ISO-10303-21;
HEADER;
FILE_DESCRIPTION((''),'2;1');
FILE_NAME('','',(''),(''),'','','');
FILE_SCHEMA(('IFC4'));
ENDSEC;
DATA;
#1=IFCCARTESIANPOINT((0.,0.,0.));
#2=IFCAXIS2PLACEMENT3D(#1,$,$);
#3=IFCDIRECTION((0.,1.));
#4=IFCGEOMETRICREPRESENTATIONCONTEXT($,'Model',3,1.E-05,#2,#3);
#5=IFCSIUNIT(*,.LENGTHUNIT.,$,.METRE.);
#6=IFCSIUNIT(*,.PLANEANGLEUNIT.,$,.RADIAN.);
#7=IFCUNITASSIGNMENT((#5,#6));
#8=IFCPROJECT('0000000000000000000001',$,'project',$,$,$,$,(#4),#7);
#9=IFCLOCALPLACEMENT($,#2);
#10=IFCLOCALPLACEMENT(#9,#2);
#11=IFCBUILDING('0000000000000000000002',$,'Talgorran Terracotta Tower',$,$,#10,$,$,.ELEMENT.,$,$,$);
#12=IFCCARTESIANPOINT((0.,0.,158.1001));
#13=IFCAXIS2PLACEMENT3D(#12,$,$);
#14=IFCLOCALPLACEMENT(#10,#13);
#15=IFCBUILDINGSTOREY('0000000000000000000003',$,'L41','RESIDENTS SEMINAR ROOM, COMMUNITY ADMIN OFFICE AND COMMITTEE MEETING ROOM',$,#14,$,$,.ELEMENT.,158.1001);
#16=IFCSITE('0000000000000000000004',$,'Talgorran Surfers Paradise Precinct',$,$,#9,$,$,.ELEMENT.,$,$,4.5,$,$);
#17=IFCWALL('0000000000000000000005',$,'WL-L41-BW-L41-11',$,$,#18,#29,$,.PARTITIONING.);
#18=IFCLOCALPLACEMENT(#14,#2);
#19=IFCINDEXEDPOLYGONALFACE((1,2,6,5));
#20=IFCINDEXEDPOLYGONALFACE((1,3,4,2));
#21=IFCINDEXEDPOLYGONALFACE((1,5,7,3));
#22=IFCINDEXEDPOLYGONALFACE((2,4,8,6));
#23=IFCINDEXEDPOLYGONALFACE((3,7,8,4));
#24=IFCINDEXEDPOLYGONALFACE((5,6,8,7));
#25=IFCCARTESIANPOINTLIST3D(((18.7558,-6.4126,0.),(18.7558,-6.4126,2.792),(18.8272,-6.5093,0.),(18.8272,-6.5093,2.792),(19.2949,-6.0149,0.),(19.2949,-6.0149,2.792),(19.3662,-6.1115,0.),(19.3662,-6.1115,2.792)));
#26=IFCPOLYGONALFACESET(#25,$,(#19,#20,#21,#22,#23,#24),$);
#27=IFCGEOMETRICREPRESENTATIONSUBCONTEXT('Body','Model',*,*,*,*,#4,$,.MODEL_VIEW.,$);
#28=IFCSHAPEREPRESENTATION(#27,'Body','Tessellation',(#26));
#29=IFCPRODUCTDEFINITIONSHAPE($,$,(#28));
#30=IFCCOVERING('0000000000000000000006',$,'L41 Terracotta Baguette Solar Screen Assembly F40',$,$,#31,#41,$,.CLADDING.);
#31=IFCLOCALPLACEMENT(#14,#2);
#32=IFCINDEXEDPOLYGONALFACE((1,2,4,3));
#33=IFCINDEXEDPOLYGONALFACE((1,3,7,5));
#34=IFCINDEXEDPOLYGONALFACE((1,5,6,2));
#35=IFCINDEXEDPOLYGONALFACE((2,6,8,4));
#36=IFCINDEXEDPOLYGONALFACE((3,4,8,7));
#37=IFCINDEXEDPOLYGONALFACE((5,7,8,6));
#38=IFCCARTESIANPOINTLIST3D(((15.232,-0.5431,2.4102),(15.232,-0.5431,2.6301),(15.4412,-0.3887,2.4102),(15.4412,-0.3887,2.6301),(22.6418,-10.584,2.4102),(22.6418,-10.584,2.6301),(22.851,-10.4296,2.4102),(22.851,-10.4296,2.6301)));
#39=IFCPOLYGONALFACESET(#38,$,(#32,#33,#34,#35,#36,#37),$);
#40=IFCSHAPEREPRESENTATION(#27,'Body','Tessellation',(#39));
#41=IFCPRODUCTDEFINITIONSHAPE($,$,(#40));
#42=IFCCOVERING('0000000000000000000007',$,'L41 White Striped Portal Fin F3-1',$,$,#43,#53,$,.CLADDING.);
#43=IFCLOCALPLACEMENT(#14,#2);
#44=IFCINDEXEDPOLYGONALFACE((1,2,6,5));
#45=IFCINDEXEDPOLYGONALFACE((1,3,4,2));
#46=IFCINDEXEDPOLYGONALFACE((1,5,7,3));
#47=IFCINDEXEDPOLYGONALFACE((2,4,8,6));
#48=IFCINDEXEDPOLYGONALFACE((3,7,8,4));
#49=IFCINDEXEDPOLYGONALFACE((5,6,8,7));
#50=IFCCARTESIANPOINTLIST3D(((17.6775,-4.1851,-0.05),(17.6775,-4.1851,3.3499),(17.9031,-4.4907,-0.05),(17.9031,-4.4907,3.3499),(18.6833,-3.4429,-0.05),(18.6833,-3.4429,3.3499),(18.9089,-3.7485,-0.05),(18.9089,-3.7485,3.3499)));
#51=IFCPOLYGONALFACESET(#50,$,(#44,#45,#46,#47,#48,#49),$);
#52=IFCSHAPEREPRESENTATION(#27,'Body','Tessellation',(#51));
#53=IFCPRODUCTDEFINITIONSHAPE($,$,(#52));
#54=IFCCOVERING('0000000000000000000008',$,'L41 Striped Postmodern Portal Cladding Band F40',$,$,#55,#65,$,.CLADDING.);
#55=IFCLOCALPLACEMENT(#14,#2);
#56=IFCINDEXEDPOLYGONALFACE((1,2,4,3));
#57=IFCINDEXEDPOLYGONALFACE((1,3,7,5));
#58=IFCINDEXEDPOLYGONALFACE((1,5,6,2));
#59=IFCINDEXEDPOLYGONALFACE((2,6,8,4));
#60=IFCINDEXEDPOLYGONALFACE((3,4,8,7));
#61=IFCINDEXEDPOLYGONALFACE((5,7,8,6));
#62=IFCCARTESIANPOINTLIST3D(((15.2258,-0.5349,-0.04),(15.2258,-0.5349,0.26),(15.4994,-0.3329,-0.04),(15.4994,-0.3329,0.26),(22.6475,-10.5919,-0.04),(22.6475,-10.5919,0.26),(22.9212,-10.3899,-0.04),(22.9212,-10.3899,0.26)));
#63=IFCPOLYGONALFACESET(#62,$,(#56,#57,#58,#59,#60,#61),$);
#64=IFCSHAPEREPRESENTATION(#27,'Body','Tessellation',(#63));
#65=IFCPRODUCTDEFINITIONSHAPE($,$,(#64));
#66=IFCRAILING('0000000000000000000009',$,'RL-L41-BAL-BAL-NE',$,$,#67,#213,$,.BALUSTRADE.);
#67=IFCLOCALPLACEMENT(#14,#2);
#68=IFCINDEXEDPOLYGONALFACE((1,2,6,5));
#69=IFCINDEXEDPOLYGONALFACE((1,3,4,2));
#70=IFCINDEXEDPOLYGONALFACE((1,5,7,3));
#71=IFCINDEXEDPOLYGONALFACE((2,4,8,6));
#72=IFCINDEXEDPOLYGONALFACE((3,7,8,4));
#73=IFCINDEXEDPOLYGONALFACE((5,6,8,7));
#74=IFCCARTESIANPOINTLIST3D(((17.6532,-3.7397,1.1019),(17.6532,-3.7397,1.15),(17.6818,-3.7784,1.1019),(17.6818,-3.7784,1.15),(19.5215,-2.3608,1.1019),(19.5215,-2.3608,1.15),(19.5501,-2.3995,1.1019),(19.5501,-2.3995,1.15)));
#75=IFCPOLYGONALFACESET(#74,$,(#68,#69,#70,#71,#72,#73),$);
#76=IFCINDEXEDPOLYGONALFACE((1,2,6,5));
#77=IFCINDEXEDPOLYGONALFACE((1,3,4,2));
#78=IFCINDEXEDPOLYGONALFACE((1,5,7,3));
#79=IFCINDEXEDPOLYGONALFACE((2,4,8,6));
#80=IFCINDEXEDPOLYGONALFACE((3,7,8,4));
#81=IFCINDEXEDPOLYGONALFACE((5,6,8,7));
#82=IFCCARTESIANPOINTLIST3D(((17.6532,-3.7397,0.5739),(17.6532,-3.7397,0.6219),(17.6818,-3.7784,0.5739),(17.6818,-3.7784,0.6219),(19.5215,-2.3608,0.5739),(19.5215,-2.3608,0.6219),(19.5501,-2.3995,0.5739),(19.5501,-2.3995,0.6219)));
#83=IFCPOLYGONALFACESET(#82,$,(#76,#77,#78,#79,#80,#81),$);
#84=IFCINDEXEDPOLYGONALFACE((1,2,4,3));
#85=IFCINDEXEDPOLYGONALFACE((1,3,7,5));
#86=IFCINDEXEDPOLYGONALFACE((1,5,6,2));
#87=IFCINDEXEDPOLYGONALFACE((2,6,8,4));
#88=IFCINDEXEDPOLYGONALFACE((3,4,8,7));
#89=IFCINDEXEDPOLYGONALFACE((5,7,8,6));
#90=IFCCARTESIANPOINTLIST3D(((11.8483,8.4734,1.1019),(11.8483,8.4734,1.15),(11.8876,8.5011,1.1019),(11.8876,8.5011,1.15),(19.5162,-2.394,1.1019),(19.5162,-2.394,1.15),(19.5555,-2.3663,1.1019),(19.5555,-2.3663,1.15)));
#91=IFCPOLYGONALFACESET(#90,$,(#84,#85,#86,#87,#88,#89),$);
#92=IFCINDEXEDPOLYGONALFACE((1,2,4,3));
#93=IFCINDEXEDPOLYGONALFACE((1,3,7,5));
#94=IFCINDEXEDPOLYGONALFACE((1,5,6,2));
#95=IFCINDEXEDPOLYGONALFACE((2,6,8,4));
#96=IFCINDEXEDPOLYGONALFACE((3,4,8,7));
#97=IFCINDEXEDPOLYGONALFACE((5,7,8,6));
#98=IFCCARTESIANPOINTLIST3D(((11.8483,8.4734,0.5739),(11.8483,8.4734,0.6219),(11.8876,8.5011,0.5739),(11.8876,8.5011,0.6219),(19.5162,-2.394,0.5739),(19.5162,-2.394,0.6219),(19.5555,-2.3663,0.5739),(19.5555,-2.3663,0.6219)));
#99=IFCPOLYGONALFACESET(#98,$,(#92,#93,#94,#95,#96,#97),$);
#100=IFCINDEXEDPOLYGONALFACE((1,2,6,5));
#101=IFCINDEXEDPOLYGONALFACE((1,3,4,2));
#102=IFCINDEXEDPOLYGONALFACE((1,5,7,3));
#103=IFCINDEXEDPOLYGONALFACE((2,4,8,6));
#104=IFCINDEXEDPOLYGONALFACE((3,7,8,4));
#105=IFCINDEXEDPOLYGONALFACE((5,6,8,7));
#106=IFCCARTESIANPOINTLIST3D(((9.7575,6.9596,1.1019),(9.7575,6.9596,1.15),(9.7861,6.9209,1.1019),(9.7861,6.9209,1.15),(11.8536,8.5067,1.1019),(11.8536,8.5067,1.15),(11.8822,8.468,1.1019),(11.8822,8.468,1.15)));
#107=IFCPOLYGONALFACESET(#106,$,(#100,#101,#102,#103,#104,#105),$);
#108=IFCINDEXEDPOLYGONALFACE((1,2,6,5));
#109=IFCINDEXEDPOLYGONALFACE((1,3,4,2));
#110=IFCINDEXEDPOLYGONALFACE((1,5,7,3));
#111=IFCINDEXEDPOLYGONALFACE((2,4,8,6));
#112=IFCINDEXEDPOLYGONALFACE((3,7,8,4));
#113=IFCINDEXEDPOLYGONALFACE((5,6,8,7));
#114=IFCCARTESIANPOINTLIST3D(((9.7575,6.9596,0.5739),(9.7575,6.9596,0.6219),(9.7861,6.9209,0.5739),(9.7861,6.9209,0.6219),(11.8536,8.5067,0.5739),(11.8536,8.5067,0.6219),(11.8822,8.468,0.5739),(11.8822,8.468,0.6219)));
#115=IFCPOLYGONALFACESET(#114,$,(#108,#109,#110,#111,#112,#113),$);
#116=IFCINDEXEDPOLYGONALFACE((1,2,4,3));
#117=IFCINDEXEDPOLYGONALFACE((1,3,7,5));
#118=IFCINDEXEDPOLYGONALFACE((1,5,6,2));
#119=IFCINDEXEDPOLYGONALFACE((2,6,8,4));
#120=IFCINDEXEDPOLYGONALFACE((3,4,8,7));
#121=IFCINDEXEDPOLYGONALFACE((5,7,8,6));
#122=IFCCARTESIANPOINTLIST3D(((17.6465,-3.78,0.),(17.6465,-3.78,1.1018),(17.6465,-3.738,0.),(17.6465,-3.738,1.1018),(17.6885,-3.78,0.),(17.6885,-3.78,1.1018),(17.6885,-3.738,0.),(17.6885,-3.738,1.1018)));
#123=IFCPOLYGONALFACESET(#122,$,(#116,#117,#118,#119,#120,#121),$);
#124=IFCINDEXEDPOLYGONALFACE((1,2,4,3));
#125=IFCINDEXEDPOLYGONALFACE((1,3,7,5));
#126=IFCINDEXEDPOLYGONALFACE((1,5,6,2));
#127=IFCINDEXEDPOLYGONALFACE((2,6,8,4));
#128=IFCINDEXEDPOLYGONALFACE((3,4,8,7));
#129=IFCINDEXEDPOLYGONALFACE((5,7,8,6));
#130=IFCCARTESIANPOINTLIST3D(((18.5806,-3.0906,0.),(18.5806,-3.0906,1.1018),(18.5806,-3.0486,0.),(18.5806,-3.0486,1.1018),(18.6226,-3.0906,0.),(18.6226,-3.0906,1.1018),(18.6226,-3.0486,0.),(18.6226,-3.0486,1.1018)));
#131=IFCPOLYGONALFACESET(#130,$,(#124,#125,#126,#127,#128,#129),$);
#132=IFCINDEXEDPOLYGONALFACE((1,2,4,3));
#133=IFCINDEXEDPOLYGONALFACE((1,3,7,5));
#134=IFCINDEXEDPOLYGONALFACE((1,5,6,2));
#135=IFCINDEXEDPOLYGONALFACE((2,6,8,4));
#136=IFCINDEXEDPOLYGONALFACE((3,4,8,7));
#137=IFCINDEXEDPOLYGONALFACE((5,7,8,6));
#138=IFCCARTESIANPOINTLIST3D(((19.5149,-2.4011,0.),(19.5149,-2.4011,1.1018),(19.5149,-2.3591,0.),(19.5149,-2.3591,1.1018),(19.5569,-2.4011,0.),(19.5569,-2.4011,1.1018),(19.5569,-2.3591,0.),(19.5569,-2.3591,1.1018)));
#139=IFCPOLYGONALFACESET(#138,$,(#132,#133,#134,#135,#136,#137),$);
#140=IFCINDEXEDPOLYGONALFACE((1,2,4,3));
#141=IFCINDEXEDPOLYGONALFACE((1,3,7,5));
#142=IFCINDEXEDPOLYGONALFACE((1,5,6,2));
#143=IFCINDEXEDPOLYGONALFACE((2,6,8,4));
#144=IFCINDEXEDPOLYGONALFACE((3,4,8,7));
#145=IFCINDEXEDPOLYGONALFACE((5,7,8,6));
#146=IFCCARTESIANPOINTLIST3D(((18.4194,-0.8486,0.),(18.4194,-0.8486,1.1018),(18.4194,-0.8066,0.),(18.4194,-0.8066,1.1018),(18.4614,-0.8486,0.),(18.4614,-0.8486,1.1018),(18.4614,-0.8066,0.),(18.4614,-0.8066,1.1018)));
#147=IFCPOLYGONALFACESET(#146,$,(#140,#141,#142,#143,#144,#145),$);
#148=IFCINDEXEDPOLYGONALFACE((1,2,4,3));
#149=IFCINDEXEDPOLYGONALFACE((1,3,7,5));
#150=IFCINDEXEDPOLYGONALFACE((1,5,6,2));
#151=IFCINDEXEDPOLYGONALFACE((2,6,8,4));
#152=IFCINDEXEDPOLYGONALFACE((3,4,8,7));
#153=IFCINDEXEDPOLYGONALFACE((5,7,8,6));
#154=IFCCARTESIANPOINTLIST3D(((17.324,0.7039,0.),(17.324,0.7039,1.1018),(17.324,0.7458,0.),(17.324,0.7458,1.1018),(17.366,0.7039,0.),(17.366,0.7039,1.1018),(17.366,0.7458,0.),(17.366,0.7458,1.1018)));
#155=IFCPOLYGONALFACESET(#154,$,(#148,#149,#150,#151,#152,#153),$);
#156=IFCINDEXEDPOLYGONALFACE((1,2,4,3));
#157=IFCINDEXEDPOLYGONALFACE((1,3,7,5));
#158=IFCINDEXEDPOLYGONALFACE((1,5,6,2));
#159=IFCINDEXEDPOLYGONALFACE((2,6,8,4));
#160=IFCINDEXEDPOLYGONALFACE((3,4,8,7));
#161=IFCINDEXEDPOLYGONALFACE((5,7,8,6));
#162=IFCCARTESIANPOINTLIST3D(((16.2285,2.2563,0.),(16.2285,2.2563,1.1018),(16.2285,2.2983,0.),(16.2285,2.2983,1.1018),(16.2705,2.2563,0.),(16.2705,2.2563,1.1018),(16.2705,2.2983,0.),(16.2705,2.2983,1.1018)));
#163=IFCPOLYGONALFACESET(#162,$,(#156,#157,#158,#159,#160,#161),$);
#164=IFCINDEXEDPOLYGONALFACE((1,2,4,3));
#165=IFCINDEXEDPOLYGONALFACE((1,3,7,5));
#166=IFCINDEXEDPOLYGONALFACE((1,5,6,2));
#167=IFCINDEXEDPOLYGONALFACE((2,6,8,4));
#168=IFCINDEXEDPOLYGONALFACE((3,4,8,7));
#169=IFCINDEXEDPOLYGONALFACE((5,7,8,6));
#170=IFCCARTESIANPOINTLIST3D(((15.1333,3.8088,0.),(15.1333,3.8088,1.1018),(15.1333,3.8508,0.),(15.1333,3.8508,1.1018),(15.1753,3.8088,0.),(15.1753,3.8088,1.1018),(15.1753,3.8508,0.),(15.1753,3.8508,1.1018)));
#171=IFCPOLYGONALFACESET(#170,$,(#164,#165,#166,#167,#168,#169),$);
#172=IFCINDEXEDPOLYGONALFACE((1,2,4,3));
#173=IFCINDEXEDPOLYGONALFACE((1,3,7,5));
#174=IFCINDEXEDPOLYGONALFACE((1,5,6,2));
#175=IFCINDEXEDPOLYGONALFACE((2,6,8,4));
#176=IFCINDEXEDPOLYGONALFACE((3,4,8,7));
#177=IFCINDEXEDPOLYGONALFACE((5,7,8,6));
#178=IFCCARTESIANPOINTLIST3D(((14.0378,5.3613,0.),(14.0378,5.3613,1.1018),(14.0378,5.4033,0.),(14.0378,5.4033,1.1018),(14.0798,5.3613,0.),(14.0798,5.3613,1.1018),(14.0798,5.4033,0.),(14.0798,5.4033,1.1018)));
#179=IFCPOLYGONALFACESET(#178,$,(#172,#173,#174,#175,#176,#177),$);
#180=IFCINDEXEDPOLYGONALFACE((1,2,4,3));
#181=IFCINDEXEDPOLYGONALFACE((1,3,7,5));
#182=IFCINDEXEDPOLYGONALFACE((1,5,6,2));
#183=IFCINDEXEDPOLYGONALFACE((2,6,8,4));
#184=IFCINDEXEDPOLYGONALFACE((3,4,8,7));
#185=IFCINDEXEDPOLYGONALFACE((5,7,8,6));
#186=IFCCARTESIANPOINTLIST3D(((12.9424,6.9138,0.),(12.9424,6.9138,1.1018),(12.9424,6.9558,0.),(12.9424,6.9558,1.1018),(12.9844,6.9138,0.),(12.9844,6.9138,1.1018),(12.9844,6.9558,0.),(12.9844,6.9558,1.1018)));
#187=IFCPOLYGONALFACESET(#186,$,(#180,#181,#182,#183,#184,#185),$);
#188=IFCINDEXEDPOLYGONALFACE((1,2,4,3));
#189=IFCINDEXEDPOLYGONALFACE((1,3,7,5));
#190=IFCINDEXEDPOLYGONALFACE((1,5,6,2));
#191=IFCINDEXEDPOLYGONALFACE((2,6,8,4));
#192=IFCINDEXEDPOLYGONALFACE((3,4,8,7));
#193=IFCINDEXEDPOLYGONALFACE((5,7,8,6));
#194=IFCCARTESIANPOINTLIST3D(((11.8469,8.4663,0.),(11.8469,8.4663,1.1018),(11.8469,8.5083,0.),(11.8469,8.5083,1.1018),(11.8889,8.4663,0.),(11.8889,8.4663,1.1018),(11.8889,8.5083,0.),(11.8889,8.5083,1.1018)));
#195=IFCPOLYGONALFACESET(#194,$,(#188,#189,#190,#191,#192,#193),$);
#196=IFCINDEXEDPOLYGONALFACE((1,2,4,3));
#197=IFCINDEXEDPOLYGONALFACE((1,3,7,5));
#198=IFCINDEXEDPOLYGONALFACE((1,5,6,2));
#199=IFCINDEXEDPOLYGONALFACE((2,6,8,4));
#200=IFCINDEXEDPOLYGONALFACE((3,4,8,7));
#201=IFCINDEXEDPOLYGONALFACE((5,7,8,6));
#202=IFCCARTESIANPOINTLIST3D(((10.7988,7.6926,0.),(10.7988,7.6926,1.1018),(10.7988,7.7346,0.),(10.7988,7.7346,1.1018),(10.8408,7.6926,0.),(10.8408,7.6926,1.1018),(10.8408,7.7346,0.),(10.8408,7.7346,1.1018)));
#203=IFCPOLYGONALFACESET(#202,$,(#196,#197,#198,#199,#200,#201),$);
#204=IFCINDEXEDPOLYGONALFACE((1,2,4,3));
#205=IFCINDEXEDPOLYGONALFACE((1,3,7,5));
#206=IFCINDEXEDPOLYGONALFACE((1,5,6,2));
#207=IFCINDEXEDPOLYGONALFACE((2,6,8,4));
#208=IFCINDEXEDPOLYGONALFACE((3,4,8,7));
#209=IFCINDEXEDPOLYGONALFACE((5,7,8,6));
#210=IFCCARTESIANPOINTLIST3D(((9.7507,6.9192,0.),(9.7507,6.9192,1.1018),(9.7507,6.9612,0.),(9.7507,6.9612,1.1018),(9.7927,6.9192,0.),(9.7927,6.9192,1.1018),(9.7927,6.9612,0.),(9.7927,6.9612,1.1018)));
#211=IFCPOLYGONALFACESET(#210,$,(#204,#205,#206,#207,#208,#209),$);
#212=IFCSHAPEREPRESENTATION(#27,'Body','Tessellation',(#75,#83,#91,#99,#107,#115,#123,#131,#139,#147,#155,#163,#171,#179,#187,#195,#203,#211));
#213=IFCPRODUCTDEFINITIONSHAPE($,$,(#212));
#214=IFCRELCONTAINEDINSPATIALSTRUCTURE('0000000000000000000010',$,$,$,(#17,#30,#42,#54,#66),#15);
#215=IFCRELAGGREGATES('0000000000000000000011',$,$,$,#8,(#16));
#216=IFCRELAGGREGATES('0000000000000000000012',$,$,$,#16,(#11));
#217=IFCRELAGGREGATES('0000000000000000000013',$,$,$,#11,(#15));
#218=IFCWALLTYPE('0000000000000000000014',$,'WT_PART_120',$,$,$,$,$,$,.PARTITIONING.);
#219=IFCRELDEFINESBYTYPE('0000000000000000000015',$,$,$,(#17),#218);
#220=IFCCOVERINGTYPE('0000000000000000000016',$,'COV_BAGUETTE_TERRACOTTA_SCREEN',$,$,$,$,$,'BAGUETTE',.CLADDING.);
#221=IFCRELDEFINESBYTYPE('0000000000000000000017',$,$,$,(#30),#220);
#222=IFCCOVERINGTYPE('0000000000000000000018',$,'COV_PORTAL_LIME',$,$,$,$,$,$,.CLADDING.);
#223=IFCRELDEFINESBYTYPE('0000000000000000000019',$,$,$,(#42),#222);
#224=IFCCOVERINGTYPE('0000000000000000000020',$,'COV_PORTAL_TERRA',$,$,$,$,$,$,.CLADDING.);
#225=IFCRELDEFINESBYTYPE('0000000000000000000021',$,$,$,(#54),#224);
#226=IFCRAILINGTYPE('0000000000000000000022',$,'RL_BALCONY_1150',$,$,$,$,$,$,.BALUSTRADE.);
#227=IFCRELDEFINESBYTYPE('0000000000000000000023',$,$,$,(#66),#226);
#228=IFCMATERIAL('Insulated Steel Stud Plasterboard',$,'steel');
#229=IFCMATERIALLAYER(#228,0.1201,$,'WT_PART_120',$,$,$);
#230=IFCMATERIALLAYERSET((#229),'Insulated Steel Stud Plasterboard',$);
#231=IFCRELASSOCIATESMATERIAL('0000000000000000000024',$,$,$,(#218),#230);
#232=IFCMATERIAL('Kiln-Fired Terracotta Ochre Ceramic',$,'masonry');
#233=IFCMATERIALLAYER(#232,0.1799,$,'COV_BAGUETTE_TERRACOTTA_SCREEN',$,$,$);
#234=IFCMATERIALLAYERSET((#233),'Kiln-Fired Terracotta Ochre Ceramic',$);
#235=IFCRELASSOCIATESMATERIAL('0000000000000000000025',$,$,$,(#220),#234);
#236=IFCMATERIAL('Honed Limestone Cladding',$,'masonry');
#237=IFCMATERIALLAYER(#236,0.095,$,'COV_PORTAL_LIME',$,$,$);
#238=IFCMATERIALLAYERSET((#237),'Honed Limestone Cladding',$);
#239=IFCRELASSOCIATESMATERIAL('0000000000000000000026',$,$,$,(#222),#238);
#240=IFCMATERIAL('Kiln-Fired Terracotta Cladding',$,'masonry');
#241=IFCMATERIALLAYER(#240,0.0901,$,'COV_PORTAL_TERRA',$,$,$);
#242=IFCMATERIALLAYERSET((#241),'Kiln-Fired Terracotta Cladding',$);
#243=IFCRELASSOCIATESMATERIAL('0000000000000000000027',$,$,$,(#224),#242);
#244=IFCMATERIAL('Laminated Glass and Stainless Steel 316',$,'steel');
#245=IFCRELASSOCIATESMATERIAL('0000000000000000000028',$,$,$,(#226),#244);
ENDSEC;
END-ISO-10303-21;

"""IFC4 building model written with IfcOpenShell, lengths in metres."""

from ifc_helpers import new_model, si_unit, direction, frame, frame_2d, origin, origin_2d, place, context, subcontext, project, spatial, rectangle, extrude, material, layer, layer_set, type_object, element, save


model = new_model("IFC4")

# Units and contexts
model_context = context("Model", 3, precision=1e-05, world=origin(), true_north=direction((0.0, 1.0)))
body_context = subcontext(model_context, "Body", "Model", "MODEL_VIEW")
ifc_project = project(units=[si_unit("LENGTHUNIT", "METRE"), si_unit("PLANEANGLEUNIT", "RADIAN")], contexts=[model_context])

# Site, building, storey
site_placement = place(None, origin())
site = spatial("IfcSite", under=ifc_project, at=site_placement, Name="Talgorran Surfers Paradise Precinct", CompositionType="ELEMENT", RefElevation=4.5)
building_placement = place(site_placement, origin())
building = spatial("IfcBuilding", under=site, at=building_placement, Name="Talgorran Terracotta Tower", CompositionType="ELEMENT")
storey_placement = place(building_placement, frame((0.0, 0.0, 158.1001)))
storey = spatial("IfcBuildingStorey", under=building, at=storey_placement, Name="L41", Description="RESIDENTS SEMINAR ROOM, COMMUNITY ADMIN OFFICE AND COMMITTEE MEETING ROOM", CompositionType="ELEMENT", Elevation=158.1001)

# Wall
ifc_material_1 = material(Name="Insulated Steel Stud Plasterboard", Category="steel")
ifc_layer_1 = layer(ifc_material_1, 0.1201, Name="WT_PART_120")
ifc_layer_set_1 = layer_set([ifc_layer_1], Name="Insulated Steel Stud Plasterboard")
wall_type_1 = type_object("IfcWallType", Name="WT_PART_120", PredefinedType="PARTITIONING", material=ifc_layer_set_1)
wall_1_placement = place(storey_placement, frame((18.7915, -6.4609, 0.0), z_axis=(0.0, 0.0, 1.0), x_axis=(0.804698, 0.593684, 0.0)))
element("IfcWall", 1, at=wall_1_placement, inside=storey, type_object=wall_type_1, Name="WL-L41-BW-L41-11", PredefinedType="PARTITIONING", context=body_context, shape_type="SweptSolid", body=[
    extrude(rectangle(XDim=0.6699, YDim=0.1201, at=frame_2d((0.335, 0.0))), origin(), (0.0, 0.0, 1.0), 2.792),
])

# Coverings
ifc_material_2 = material(Name="Kiln-Fired Terracotta Ochre Ceramic", Category="masonry")
ifc_layer_2 = layer(ifc_material_2, 0.1799, Name="COV_BAGUETTE_TERRACOTTA_SCREEN")
ifc_layer_set_2 = layer_set([ifc_layer_2], Name="Kiln-Fired Terracotta Ochre Ceramic")
covering_type_1 = type_object("IfcCoveringType", Name="COV_BAGUETTE_TERRACOTTA_SCREEN", ElementType="BAGUETTE", PredefinedType="CLADDING", material=ifc_layer_set_2)
covering_1_placement = place(storey_placement, frame((19.0415, -5.4863, 2.4102), z_axis=(0.0, 0.0, 1.0), x_axis=(-0.593784, 0.804624, 0.0)))
element("IfcCovering", 2, at=covering_1_placement, inside=storey, type_object=covering_type_1, Name="L41 Terracotta Baguette Solar Screen Assembly F40", PredefinedType="CLADDING", context=body_context, shape_type="SweptSolid", body=[
    extrude(rectangle(XDim=12.479, YDim=0.26, at=origin_2d()), origin(), (0.0, 0.0, 1.0), 0.22),
])
ifc_material_3 = material(Name="Honed Limestone Cladding", Category="masonry")
ifc_layer_3 = layer(ifc_material_3, 0.095, Name="COV_PORTAL_LIME")
ifc_layer_set_3 = layer_set([ifc_layer_3], Name="Honed Limestone Cladding")
covering_type_2 = type_object("IfcCoveringType", Name="COV_PORTAL_LIME", PredefinedType="CLADDING", material=ifc_layer_set_3)
covering_2_placement = place(storey_placement, frame((18.2932, -3.9668, -0.05), z_axis=(0.0, 0.0, 1.0), x_axis=(-0.593784, 0.804624, 0.0)))
element("IfcCovering", 3, at=covering_2_placement, inside=storey, type_object=covering_type_2, Name="L41 White Striped Portal Fin F3-1", PredefinedType="CLADDING", context=body_context, shape_type="SweptSolid", body=[
    extrude(rectangle(XDim=0.3799, YDim=1.25, at=origin_2d()), origin(), (0.0, 0.0, 1.0), 3.3999),
])
ifc_material_4 = material(Name="Kiln-Fired Terracotta Cladding", Category="masonry")
ifc_layer_4 = layer(ifc_material_4, 0.0901, Name="COV_PORTAL_TERRA")
ifc_layer_set_4 = layer_set([ifc_layer_4], Name="Kiln-Fired Terracotta Cladding")
covering_type_3 = type_object("IfcCoveringType", Name="COV_PORTAL_TERRA", PredefinedType="CLADDING", material=ifc_layer_set_4)
covering_3_placement = place(storey_placement, frame((19.0735, -5.4624, -0.04), z_axis=(0.0, 0.0, 1.0), x_axis=(-0.593784, 0.804624, 0.0)))
element("IfcCovering", 4, at=covering_3_placement, inside=storey, type_object=covering_type_3, Name="L41 Striped Postmodern Portal Cladding Band F40", PredefinedType="CLADDING", context=body_context, shape_type="SweptSolid", body=[
    extrude(rectangle(XDim=12.499, YDim=0.3401, at=origin_2d()), origin(), (0.0, 0.0, 1.0), 0.3),
])

# Railing
ifc_material_5 = material(Name="Laminated Glass and Stainless Steel 316", Category="steel")
railing_type = type_object("IfcRailingType", Name="RL_BALCONY_1150", PredefinedType="BALUSTRADE", material=ifc_material_5)
railing_placement = place(storey_placement, frame((17.6675, -3.759, 0.0)))
element("IfcRailing", 5, at=railing_placement, inside=storey, type_object=railing_type, Name="RL-L41-BAL-BAL-NE", PredefinedType="BALUSTRADE", context=body_context, shape_type="SweptSolid", body=[
    extrude(rectangle(XDim=0.0481, YDim=0.0481, at=origin_2d()), frame((0.0, 0.0, 1.126), z_axis=(0.804606, 0.593809, 0.0), x_axis=(-0.593809, 0.804606, 0.0)), (0.0, 0.0, 1.0), 2.322),
    extrude(rectangle(XDim=0.0481, YDim=0.0481, at=origin_2d()), frame((0.0, 0.0, 0.5979), z_axis=(0.804606, 0.593809, 0.0), x_axis=(-0.593809, 0.804606, 0.0)), (0.0, 0.0, 1.0), 2.322),
    extrude(rectangle(XDim=0.0481, YDim=0.0481, at=origin_2d()), frame((1.8684, 1.3789, 1.126), z_axis=(-0.576525, 0.81708, 0.0), x_axis=(-0.81708, -0.576525, 0.0)), (0.0, 0.0, 1.0), 13.3003),
    extrude(rectangle(XDim=0.0481, YDim=0.0481, at=origin_2d()), frame((1.8684, 1.3789, 0.5979), z_axis=(-0.576525, 0.81708, 0.0), x_axis=(-0.81708, -0.576525, 0.0)), (0.0, 0.0, 1.0), 13.3003),
    extrude(rectangle(XDim=0.0481, YDim=0.0481, at=origin_2d()), frame((-5.7996, 12.2463, 1.126), z_axis=(-0.804587, -0.593835, 0.0), x_axis=(0.593835, -0.804587, 0.0)), (0.0, 0.0, 1.0), 2.6052),
    extrude(rectangle(XDim=0.0481, YDim=0.0481, at=origin_2d()), frame((-5.7996, 12.2463, 0.5979), z_axis=(-0.804587, -0.593835, 0.0), x_axis=(0.593835, -0.804587, 0.0)), (0.0, 0.0, 1.0), 2.6052),
    extrude(rectangle(XDim=0.042, YDim=0.042, at=origin_2d()), origin(), (0.0, 0.0, 1.0), 1.1018),
    extrude(rectangle(XDim=0.042, YDim=0.042, at=origin_2d()), frame((0.9341, 0.6895, 0.0)), (0.0, 0.0, 1.0), 1.1018),
    extrude(rectangle(XDim=0.042, YDim=0.042, at=origin_2d()), frame((1.8684, 1.3789, 0.0)), (0.0, 0.0, 1.0), 1.1018),
    extrude(rectangle(XDim=0.042, YDim=0.042, at=origin_2d()), frame((0.7729, 2.9314, 0.0)), (0.0, 0.0, 1.0), 1.1018),
    extrude(rectangle(XDim=0.042, YDim=0.042, at=origin_2d()), frame((-0.3225, 4.4839, 0.0)), (0.0, 0.0, 1.0), 1.1018),
    extrude(rectangle(XDim=0.042, YDim=0.042, at=origin_2d()), frame((-1.418, 6.0364, 0.0)), (0.0, 0.0, 1.0), 1.1018),
    extrude(rectangle(XDim=0.042, YDim=0.042, at=origin_2d()), frame((-2.5132, 7.5889, 0.0)), (0.0, 0.0, 1.0), 1.1018),
    extrude(rectangle(XDim=0.042, YDim=0.042, at=origin_2d()), frame((-3.6086, 9.1414, 0.0)), (0.0, 0.0, 1.0), 1.1018),
    extrude(rectangle(XDim=0.042, YDim=0.042, at=origin_2d()), frame((-4.7041, 10.6938, 0.0)), (0.0, 0.0, 1.0), 1.1018),
    extrude(rectangle(XDim=0.042, YDim=0.042, at=origin_2d()), frame((-5.7996, 12.2463, 0.0)), (0.0, 0.0, 1.0), 1.1018),
    extrude(rectangle(XDim=0.042, YDim=0.042, at=origin_2d()), frame((-6.8477, 11.4727, 0.0)), (0.0, 0.0, 1.0), 1.1018),
    extrude(rectangle(XDim=0.042, YDim=0.042, at=origin_2d()), frame((-7.8958, 10.6992, 0.0)), (0.0, 0.0, 1.0), 1.1018),
])

save(model, "model.ifc")
